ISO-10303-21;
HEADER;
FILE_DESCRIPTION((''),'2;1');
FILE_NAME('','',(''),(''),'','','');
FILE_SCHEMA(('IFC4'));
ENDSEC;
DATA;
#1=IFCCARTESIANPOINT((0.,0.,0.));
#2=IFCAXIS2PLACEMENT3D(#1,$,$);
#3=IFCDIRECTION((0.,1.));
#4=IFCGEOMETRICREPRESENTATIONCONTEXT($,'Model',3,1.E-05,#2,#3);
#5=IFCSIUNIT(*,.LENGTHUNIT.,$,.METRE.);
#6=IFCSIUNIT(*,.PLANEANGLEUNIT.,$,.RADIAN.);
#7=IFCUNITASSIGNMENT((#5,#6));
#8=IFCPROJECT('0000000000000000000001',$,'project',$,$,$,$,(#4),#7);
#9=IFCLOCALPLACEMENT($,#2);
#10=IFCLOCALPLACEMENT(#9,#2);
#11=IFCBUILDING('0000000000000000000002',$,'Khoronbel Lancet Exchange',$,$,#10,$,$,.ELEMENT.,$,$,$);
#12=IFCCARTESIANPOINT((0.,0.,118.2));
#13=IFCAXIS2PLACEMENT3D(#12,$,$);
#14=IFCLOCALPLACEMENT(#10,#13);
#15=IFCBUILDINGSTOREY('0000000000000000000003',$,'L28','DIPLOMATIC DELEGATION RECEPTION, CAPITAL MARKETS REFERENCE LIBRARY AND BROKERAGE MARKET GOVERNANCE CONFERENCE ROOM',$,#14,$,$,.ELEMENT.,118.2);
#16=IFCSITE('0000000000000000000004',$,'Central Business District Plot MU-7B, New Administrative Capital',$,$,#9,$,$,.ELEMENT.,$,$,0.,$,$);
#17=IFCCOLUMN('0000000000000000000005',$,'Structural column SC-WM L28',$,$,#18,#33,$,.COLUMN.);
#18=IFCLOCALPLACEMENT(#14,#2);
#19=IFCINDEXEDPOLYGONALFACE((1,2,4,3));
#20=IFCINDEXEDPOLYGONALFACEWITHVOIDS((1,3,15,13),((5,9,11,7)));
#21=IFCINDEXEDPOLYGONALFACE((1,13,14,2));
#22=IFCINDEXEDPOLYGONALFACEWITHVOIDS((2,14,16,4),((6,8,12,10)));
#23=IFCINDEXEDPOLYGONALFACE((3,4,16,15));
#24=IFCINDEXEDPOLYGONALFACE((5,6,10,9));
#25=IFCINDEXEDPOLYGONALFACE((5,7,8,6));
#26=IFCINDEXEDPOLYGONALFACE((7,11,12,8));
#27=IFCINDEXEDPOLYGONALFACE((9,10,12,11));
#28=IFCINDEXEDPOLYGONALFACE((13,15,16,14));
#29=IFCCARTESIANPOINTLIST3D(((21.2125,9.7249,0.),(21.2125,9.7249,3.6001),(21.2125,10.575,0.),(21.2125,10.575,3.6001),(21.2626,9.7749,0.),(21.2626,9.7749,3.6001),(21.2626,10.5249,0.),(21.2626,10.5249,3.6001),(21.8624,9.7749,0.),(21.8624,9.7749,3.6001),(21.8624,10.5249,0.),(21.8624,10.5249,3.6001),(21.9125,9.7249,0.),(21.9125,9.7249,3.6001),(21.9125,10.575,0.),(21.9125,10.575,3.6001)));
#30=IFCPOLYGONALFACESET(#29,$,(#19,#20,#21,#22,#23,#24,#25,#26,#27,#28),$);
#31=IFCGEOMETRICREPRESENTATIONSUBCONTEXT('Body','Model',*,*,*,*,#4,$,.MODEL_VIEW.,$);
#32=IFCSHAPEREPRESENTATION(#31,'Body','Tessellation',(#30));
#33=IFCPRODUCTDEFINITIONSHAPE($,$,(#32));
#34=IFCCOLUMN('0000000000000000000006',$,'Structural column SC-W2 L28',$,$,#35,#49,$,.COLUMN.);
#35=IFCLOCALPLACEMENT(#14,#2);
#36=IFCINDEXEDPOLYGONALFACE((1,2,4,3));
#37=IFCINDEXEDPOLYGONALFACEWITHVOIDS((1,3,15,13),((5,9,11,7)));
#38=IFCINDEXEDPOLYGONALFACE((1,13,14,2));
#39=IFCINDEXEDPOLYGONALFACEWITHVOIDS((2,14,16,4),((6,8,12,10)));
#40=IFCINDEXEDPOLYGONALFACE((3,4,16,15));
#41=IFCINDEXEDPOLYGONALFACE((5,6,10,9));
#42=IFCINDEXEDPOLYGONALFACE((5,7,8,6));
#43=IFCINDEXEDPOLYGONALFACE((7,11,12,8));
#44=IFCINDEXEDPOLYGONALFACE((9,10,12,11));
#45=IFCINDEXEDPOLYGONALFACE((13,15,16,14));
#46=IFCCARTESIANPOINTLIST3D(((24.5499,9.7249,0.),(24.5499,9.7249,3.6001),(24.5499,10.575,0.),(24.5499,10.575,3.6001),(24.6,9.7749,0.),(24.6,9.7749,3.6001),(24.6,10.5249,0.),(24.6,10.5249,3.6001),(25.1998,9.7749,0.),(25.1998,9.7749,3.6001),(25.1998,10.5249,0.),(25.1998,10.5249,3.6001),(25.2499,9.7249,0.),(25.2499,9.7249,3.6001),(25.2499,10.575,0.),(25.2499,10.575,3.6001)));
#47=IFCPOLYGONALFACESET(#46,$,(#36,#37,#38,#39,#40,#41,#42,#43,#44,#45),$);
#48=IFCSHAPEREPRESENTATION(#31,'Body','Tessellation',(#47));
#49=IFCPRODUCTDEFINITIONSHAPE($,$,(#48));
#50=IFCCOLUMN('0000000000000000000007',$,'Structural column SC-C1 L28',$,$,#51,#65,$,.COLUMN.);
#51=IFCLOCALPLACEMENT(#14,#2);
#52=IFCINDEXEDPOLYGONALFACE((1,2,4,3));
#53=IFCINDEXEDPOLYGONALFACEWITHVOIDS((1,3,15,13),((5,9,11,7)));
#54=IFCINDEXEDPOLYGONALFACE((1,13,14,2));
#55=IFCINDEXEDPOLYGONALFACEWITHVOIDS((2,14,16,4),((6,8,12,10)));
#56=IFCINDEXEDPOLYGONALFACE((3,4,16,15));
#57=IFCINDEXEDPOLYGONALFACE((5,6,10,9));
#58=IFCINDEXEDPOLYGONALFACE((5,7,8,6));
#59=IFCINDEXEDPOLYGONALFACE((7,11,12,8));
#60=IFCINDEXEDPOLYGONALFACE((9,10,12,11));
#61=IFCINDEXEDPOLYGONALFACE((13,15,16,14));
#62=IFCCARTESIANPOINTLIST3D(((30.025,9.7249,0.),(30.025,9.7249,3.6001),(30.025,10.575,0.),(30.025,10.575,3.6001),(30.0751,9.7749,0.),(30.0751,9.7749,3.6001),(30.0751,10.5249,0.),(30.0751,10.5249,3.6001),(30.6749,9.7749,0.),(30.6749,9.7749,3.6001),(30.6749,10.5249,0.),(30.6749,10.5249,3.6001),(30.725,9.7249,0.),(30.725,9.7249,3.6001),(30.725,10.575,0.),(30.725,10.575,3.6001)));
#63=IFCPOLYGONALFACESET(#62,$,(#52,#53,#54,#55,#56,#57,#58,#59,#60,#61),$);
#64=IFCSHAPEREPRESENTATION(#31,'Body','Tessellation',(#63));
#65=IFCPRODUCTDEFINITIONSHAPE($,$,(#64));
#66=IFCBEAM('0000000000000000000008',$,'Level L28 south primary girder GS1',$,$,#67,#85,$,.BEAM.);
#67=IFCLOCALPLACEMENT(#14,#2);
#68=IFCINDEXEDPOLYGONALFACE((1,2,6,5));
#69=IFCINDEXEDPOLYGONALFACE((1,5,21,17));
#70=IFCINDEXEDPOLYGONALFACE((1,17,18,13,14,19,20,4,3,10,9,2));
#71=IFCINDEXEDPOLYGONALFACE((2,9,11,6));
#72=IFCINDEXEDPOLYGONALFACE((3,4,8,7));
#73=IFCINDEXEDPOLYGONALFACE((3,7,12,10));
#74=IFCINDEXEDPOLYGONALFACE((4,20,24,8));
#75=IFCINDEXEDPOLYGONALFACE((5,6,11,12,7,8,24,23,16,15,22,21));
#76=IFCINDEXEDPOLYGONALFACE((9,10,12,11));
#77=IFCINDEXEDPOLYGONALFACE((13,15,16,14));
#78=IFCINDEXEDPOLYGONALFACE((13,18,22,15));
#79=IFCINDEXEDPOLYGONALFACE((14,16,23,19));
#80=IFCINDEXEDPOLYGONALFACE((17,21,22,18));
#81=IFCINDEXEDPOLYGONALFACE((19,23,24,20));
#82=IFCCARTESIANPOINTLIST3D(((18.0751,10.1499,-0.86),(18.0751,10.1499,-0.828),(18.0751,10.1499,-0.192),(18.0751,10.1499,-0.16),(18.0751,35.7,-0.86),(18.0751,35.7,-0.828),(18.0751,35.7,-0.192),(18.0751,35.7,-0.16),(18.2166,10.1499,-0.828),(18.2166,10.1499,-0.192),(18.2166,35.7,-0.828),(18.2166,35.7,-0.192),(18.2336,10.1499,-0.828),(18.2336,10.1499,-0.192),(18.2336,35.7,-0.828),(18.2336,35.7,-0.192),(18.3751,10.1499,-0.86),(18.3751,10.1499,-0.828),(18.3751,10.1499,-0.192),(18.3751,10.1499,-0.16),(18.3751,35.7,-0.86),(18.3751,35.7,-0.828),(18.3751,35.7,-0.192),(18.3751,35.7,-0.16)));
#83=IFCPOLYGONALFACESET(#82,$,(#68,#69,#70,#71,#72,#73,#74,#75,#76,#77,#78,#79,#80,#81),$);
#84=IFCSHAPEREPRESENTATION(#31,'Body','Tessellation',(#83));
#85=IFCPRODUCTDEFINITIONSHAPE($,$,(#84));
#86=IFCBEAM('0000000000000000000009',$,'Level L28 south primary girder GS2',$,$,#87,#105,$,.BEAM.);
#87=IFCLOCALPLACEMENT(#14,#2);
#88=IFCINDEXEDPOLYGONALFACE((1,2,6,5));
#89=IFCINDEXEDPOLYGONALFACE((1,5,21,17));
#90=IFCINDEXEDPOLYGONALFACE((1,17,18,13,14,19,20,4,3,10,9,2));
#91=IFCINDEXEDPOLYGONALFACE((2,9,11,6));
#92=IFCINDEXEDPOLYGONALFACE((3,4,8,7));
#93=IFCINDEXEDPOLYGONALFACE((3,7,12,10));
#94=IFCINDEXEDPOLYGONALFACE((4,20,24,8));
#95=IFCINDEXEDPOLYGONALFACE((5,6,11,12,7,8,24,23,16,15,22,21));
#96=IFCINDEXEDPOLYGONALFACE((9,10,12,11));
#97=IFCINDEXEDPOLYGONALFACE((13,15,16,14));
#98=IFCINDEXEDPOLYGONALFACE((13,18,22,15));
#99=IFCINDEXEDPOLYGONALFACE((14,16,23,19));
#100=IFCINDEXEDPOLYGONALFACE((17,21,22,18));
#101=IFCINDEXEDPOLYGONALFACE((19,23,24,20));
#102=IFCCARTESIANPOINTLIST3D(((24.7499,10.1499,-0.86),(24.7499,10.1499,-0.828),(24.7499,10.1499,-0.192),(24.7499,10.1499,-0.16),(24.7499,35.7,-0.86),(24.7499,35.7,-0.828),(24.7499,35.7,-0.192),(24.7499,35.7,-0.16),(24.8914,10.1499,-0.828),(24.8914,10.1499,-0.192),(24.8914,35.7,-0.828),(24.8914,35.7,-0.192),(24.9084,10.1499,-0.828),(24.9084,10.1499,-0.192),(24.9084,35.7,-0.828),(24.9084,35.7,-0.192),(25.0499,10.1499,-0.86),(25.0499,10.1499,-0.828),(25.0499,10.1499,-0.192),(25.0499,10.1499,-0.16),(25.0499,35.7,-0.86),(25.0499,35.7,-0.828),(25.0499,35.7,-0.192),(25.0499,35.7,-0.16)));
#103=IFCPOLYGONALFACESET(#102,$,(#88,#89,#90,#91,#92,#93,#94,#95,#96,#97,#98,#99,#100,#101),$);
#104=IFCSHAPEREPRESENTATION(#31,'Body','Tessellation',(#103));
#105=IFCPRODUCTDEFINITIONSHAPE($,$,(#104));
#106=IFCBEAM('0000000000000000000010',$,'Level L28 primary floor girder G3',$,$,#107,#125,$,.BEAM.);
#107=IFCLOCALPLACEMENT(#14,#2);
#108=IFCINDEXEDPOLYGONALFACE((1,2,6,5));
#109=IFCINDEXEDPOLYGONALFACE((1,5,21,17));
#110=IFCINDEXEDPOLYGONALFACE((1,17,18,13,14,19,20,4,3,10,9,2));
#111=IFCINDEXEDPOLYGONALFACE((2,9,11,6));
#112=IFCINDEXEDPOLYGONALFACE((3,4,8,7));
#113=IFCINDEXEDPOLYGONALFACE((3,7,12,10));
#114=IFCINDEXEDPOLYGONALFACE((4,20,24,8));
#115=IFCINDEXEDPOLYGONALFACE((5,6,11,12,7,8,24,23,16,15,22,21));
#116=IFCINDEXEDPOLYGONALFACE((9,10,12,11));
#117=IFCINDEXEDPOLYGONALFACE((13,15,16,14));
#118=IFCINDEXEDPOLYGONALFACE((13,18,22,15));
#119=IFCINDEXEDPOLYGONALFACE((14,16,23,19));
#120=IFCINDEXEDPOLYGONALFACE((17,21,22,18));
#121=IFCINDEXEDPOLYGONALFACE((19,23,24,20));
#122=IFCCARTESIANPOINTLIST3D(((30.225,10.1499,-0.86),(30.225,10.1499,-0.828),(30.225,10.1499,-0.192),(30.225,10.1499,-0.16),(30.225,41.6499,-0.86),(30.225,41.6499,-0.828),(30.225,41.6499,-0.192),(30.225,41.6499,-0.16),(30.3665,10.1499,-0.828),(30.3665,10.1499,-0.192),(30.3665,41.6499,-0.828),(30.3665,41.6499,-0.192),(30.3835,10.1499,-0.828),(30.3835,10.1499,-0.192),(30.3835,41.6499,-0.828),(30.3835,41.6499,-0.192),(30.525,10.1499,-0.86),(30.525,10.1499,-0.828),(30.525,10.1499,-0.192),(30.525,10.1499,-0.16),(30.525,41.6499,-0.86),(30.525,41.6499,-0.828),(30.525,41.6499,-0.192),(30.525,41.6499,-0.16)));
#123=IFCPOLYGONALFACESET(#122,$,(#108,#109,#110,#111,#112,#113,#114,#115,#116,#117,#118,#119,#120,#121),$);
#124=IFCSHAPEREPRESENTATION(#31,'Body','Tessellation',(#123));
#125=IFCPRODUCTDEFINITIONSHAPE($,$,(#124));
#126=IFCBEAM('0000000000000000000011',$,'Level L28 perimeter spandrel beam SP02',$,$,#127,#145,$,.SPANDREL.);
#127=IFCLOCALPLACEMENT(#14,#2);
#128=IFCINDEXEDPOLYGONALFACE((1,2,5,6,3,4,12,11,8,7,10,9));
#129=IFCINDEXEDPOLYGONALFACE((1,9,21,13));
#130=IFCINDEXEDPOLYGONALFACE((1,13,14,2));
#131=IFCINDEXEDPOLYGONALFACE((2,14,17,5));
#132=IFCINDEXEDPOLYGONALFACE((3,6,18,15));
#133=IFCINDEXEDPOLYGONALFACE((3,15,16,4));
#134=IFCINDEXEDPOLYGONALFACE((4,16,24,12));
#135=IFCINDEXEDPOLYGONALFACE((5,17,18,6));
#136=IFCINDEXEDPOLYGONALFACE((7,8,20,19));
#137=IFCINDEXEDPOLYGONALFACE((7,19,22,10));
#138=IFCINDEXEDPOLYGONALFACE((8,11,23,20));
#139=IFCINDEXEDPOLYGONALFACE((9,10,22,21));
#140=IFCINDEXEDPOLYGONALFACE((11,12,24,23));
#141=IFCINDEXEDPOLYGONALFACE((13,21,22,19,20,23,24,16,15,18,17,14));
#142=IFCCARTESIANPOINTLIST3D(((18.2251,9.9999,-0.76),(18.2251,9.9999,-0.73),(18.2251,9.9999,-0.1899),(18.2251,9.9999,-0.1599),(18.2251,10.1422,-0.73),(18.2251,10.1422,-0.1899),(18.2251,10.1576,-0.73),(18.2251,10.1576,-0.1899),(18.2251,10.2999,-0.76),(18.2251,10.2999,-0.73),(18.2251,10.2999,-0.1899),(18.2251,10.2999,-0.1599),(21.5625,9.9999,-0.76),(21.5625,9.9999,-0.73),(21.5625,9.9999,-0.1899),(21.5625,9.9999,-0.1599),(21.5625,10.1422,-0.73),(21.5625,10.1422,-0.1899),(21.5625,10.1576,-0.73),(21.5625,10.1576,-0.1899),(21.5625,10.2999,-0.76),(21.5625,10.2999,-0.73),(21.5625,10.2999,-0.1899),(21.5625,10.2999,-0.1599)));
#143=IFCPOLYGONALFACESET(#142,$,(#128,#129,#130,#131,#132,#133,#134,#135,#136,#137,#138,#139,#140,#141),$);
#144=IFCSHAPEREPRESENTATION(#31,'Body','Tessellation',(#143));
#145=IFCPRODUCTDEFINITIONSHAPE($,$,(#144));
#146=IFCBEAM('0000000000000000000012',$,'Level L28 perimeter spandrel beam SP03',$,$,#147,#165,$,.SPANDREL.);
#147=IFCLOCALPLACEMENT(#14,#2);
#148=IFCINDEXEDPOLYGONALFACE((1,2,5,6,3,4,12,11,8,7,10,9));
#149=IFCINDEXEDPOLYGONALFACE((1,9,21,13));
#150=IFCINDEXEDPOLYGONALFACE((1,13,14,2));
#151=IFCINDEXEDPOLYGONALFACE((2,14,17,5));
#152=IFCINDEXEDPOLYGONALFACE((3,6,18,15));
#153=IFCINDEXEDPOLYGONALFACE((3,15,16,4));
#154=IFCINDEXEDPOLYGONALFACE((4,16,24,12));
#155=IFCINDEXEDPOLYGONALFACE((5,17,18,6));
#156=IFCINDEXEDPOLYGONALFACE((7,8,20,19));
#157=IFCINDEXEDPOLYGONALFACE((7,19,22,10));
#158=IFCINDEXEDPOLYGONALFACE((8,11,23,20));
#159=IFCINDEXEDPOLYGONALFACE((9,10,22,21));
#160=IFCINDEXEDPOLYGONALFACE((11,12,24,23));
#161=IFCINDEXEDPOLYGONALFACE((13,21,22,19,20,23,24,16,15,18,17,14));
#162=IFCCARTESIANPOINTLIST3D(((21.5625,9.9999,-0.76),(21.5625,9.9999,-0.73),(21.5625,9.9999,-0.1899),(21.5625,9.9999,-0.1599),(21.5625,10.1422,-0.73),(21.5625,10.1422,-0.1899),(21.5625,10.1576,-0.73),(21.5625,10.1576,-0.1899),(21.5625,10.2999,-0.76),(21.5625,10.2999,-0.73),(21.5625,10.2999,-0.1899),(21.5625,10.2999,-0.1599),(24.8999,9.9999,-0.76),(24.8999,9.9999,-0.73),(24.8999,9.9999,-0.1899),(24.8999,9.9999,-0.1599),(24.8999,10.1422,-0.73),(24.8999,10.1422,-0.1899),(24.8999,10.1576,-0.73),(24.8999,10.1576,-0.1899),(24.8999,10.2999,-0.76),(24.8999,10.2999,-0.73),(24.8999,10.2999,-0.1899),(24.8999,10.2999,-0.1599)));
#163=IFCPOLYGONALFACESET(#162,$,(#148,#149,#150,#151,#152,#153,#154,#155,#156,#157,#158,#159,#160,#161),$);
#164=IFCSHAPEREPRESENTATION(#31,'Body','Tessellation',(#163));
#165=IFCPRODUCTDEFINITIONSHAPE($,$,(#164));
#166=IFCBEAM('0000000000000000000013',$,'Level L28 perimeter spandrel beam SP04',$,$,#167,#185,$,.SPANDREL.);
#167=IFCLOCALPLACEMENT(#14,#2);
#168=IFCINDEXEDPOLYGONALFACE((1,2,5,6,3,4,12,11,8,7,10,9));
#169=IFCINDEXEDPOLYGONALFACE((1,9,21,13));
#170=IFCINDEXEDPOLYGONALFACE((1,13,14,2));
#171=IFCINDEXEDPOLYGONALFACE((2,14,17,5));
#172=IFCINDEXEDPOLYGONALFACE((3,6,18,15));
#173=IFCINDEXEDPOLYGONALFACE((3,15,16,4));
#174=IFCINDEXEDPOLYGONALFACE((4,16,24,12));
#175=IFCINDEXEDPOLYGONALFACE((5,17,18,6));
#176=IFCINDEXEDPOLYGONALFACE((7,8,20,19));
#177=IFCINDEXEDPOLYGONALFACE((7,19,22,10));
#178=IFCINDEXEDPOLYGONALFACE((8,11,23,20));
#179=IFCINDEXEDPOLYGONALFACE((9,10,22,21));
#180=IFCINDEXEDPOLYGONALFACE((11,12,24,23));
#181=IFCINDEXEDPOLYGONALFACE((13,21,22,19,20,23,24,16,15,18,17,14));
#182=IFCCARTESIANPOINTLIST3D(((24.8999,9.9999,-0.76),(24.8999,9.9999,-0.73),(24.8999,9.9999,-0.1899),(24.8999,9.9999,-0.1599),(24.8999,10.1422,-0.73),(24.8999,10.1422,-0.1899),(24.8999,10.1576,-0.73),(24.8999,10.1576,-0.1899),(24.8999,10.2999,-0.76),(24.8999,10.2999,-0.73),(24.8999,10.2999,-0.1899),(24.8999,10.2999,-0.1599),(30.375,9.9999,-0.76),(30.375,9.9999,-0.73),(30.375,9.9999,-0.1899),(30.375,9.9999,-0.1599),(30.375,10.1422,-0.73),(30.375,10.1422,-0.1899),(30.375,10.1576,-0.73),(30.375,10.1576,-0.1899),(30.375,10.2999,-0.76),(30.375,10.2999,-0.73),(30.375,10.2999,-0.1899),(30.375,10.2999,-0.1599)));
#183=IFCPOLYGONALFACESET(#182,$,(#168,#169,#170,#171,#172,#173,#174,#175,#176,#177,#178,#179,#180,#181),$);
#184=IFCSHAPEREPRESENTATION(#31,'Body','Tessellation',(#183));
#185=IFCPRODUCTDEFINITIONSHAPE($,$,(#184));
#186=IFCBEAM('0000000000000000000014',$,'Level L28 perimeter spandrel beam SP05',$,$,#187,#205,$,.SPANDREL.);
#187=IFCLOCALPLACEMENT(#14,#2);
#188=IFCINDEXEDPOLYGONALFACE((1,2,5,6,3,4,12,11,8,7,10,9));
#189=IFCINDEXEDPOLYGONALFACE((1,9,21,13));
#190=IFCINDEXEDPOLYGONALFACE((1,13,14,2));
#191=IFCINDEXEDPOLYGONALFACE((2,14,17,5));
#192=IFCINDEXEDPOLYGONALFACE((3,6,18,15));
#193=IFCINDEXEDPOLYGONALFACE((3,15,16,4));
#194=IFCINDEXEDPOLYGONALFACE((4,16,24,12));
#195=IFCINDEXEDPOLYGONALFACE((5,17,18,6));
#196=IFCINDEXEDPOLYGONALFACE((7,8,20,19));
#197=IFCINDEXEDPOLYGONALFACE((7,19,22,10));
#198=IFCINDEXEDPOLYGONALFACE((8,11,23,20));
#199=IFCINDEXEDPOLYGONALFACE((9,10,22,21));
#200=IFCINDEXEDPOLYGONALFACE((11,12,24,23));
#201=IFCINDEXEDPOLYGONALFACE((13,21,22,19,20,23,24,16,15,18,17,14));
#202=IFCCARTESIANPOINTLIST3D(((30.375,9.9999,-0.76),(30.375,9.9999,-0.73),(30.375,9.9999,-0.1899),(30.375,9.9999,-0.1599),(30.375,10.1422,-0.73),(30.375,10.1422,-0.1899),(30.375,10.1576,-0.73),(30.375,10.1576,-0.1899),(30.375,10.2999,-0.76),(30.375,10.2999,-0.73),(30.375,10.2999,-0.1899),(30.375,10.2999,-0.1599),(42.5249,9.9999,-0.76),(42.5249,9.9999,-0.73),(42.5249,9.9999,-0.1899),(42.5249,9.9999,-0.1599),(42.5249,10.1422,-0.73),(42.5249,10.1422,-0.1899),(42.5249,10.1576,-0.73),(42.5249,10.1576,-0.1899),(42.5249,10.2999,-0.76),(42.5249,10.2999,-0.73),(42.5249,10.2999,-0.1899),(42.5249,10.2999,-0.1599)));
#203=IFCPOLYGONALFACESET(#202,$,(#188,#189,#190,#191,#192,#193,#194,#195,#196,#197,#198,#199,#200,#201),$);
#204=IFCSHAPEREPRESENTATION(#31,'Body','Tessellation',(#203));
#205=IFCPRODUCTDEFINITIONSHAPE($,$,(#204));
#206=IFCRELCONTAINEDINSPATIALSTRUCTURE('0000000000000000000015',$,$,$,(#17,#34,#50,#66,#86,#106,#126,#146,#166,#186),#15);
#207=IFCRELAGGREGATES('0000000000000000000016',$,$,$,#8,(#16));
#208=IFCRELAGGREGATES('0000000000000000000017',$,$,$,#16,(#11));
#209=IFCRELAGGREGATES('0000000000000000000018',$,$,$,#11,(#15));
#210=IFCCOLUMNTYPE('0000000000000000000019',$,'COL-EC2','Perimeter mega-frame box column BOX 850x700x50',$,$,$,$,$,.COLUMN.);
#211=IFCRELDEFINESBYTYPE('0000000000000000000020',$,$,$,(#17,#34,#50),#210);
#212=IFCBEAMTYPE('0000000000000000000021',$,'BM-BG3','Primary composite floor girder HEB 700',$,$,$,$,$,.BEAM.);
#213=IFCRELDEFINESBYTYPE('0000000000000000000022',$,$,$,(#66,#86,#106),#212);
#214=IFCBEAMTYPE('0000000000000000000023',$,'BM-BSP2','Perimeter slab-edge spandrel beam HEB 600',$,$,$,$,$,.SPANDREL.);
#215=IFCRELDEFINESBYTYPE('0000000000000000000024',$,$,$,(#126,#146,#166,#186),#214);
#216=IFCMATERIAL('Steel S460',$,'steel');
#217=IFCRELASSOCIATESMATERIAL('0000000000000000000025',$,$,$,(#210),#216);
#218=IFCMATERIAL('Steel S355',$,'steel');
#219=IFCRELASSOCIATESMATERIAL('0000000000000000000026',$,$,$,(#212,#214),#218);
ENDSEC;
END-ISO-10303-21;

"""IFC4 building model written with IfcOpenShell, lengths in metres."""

from ifc_helpers import new_model, si_unit, direction, frame, origin, origin_2d, place, context, subcontext, project, spatial, hollow_rectangle, i_section, extrude, material, material_profile, profile_set, type_object, element, save


model = new_model("IFC4")

# Units and contexts
model_context = context("Model", 3, precision=1e-05, world=origin(), true_north=direction((0.0, 1.0)))
body_context = subcontext(model_context, "Body", "Model", "MODEL_VIEW")
ifc_project = project(units=[si_unit("LENGTHUNIT", "METRE"), si_unit("PLANEANGLEUNIT", "RADIAN")], contexts=[model_context])

# Site, building, storey
site_placement = place(None, origin())
site = spatial("IfcSite", under=ifc_project, at=site_placement, Name="Central Business District Plot MU-7B, New Administrative Capital", CompositionType="ELEMENT", RefElevation=0.0)
building_placement = place(site_placement, origin())
building = spatial("IfcBuilding", under=site, at=building_placement, Name="Khoronbel Lancet Exchange", CompositionType="ELEMENT")
storey_placement = place(building_placement, frame((0.0, 0.0, 118.2)))
storey = spatial("IfcBuildingStorey", under=building, at=storey_placement, Name="L28", Description="DIPLOMATIC DELEGATION RECEPTION, CAPITAL MARKETS REFERENCE LIBRARY AND BROKERAGE MARKET GOVERNANCE CONFERENCE ROOM", CompositionType="ELEMENT", Elevation=118.2)

# Columns
ifc_material_1 = material(Name="Steel S460", Category="steel")
ifc_material_profile_1 = material_profile(ifc_material_1, hollow_rectangle(XDim=0.7, YDim=0.8501, WallThickness=0.05, at=origin_2d()), Name="BOX 850x700x50")
ifc_profile_set_1 = profile_set([ifc_material_profile_1], Name="Steel S460")
column_type = type_object("IfcColumnType", Name="COL-EC2", Description="Perimeter mega-frame box column BOX 850x700x50", PredefinedType="COLUMN", material=ifc_profile_set_1)
for number, where, z_axis, x_axis, name in (
    (1, (21.5625, 10.1499, 0.0), (0.0, 0.0, 1.0), (1.0, 0.0, 0.0), "Structural column SC-WM L28"),
    (2, (24.8999, 10.1499, 0.0), (0.0, 0.0, 1.0), (1.0, 0.0, 0.0), "Structural column SC-W2 L28"),
    (3, (30.375, 10.1499, 0.0), (0.0, 0.0, 1.0), (1.0, 0.0, 0.0), "Structural column SC-C1 L28"),
):
    element("IfcColumn", number, at=place(storey_placement, frame(where, z_axis=z_axis, x_axis=x_axis)), inside=storey, type_object=column_type, Name=name, PredefinedType="COLUMN", context=body_context, shape_type="SweptSolid", body=[
        extrude(hollow_rectangle(XDim=0.7, YDim=0.8501, WallThickness=0.05, at=origin_2d()), origin(), (0.0, 0.0, 1.0), 3.6001),
    ])

# Beams
ifc_material_2 = material(Name="Steel S355", Category="steel")
ifc_material_profile_2 = material_profile(ifc_material_2, i_section(OverallWidth=0.3, OverallDepth=0.7, WebThickness=0.0171, FlangeThickness=0.032, at=origin_2d()), Name="HEB 700")
ifc_profile_set_2 = profile_set([ifc_material_profile_2], Name="Steel S355")
beam_type_1 = type_object("IfcBeamType", Name="BM-BG3", Description="Primary composite floor girder HEB 700", PredefinedType="BEAM", material=ifc_profile_set_2)
for number, where, z_axis, x_axis, name in (
    (4, (18.2251, 10.1499, -0.51), (0.0, 1.0, 0.0), (-1.0, 0.0, 0.0), "Level L28 south primary girder GS1"),
    (5, (24.8999, 10.1499, -0.51), (0.0, 1.0, 0.0), (-1.0, 0.0, 0.0), "Level L28 south primary girder GS2"),
):
    element("IfcBeam", number, at=place(storey_placement, frame(where, z_axis=z_axis, x_axis=x_axis)), inside=storey, type_object=beam_type_1, Name=name, PredefinedType="BEAM", context=body_context, shape_type="SweptSolid", body=[
        extrude(i_section(OverallWidth=0.3, OverallDepth=0.7, WebThickness=0.0171, FlangeThickness=0.032, at=origin_2d()), origin(), (0.0, 0.0, 1.0), 25.55),
    ])
beam_1_placement = place(storey_placement, frame((30.375, 10.1499, -0.51), z_axis=(0.0, 1.0, 0.0), x_axis=(-1.0, 0.0, 0.0)))
element("IfcBeam", 6, at=beam_1_placement, inside=storey, type_object=beam_type_1, Name="Level L28 primary floor girder G3", PredefinedType="BEAM", context=body_context, shape_type="SweptSolid", body=[
    extrude(i_section(OverallWidth=0.3, OverallDepth=0.7, WebThickness=0.0171, FlangeThickness=0.032, at=origin_2d()), origin(), (0.0, 0.0, 1.0), 31.5),
])
ifc_material_profile_3 = material_profile(ifc_material_2, i_section(OverallWidth=0.3, OverallDepth=0.6001, WebThickness=0.0154, FlangeThickness=0.03, at=origin_2d()), Name="HEB 600")
ifc_profile_set_3 = profile_set([ifc_material_profile_3], Name="Steel S355")
beam_type_2 = type_object("IfcBeamType", Name="BM-BSP2", Description="Perimeter slab-edge spandrel beam HEB 600", PredefinedType="SPANDREL", material=ifc_profile_set_3)
for number, where, z_axis, x_axis, name in (
    (7, (18.2251, 10.1499, -0.46), (1.0, 0.0, 0.0), (0.0, 1.0, 0.0), "Level L28 perimeter spandrel beam SP02"),
    (8, (21.5625, 10.1499, -0.46), (1.0, 0.0, 0.0), (0.0, 1.0, 0.0), "Level L28 perimeter spandrel beam SP03"),
):
    element("IfcBeam", number, at=place(storey_placement, frame(where, z_axis=z_axis, x_axis=x_axis)), inside=storey, type_object=beam_type_2, Name=name, PredefinedType="SPANDREL", context=body_context, shape_type="SweptSolid", body=[
        extrude(i_section(OverallWidth=0.3, OverallDepth=0.6001, WebThickness=0.0154, FlangeThickness=0.03, at=origin_2d()), origin(), (0.0, 0.0, 1.0), 3.3374),
    ])
beam_2_placement = place(storey_placement, frame((24.8999, 10.1499, -0.46), z_axis=(1.0, 0.0, 0.0), x_axis=(0.0, 1.0, 0.0)))
element("IfcBeam", 9, at=beam_2_placement, inside=storey, type_object=beam_type_2, Name="Level L28 perimeter spandrel beam SP04", PredefinedType="SPANDREL", context=body_context, shape_type="SweptSolid", body=[
    extrude(i_section(OverallWidth=0.3, OverallDepth=0.6001, WebThickness=0.0154, FlangeThickness=0.03, at=origin_2d()), origin(), (0.0, 0.0, 1.0), 5.4751),
])
beam_3_placement = place(storey_placement, frame((30.375, 10.1499, -0.46), z_axis=(1.0, 0.0, 0.0), x_axis=(0.0, 1.0, 0.0)))
element("IfcBeam", 10, at=beam_3_placement, inside=storey, type_object=beam_type_2, Name="Level L28 perimeter spandrel beam SP05", PredefinedType="SPANDREL", context=body_context, shape_type="SweptSolid", body=[
    extrude(i_section(OverallWidth=0.3, OverallDepth=0.6001, WebThickness=0.0154, FlangeThickness=0.03, at=origin_2d()), origin(), (0.0, 0.0, 1.0), 12.1499),
])

save(model, "model.ifc")
